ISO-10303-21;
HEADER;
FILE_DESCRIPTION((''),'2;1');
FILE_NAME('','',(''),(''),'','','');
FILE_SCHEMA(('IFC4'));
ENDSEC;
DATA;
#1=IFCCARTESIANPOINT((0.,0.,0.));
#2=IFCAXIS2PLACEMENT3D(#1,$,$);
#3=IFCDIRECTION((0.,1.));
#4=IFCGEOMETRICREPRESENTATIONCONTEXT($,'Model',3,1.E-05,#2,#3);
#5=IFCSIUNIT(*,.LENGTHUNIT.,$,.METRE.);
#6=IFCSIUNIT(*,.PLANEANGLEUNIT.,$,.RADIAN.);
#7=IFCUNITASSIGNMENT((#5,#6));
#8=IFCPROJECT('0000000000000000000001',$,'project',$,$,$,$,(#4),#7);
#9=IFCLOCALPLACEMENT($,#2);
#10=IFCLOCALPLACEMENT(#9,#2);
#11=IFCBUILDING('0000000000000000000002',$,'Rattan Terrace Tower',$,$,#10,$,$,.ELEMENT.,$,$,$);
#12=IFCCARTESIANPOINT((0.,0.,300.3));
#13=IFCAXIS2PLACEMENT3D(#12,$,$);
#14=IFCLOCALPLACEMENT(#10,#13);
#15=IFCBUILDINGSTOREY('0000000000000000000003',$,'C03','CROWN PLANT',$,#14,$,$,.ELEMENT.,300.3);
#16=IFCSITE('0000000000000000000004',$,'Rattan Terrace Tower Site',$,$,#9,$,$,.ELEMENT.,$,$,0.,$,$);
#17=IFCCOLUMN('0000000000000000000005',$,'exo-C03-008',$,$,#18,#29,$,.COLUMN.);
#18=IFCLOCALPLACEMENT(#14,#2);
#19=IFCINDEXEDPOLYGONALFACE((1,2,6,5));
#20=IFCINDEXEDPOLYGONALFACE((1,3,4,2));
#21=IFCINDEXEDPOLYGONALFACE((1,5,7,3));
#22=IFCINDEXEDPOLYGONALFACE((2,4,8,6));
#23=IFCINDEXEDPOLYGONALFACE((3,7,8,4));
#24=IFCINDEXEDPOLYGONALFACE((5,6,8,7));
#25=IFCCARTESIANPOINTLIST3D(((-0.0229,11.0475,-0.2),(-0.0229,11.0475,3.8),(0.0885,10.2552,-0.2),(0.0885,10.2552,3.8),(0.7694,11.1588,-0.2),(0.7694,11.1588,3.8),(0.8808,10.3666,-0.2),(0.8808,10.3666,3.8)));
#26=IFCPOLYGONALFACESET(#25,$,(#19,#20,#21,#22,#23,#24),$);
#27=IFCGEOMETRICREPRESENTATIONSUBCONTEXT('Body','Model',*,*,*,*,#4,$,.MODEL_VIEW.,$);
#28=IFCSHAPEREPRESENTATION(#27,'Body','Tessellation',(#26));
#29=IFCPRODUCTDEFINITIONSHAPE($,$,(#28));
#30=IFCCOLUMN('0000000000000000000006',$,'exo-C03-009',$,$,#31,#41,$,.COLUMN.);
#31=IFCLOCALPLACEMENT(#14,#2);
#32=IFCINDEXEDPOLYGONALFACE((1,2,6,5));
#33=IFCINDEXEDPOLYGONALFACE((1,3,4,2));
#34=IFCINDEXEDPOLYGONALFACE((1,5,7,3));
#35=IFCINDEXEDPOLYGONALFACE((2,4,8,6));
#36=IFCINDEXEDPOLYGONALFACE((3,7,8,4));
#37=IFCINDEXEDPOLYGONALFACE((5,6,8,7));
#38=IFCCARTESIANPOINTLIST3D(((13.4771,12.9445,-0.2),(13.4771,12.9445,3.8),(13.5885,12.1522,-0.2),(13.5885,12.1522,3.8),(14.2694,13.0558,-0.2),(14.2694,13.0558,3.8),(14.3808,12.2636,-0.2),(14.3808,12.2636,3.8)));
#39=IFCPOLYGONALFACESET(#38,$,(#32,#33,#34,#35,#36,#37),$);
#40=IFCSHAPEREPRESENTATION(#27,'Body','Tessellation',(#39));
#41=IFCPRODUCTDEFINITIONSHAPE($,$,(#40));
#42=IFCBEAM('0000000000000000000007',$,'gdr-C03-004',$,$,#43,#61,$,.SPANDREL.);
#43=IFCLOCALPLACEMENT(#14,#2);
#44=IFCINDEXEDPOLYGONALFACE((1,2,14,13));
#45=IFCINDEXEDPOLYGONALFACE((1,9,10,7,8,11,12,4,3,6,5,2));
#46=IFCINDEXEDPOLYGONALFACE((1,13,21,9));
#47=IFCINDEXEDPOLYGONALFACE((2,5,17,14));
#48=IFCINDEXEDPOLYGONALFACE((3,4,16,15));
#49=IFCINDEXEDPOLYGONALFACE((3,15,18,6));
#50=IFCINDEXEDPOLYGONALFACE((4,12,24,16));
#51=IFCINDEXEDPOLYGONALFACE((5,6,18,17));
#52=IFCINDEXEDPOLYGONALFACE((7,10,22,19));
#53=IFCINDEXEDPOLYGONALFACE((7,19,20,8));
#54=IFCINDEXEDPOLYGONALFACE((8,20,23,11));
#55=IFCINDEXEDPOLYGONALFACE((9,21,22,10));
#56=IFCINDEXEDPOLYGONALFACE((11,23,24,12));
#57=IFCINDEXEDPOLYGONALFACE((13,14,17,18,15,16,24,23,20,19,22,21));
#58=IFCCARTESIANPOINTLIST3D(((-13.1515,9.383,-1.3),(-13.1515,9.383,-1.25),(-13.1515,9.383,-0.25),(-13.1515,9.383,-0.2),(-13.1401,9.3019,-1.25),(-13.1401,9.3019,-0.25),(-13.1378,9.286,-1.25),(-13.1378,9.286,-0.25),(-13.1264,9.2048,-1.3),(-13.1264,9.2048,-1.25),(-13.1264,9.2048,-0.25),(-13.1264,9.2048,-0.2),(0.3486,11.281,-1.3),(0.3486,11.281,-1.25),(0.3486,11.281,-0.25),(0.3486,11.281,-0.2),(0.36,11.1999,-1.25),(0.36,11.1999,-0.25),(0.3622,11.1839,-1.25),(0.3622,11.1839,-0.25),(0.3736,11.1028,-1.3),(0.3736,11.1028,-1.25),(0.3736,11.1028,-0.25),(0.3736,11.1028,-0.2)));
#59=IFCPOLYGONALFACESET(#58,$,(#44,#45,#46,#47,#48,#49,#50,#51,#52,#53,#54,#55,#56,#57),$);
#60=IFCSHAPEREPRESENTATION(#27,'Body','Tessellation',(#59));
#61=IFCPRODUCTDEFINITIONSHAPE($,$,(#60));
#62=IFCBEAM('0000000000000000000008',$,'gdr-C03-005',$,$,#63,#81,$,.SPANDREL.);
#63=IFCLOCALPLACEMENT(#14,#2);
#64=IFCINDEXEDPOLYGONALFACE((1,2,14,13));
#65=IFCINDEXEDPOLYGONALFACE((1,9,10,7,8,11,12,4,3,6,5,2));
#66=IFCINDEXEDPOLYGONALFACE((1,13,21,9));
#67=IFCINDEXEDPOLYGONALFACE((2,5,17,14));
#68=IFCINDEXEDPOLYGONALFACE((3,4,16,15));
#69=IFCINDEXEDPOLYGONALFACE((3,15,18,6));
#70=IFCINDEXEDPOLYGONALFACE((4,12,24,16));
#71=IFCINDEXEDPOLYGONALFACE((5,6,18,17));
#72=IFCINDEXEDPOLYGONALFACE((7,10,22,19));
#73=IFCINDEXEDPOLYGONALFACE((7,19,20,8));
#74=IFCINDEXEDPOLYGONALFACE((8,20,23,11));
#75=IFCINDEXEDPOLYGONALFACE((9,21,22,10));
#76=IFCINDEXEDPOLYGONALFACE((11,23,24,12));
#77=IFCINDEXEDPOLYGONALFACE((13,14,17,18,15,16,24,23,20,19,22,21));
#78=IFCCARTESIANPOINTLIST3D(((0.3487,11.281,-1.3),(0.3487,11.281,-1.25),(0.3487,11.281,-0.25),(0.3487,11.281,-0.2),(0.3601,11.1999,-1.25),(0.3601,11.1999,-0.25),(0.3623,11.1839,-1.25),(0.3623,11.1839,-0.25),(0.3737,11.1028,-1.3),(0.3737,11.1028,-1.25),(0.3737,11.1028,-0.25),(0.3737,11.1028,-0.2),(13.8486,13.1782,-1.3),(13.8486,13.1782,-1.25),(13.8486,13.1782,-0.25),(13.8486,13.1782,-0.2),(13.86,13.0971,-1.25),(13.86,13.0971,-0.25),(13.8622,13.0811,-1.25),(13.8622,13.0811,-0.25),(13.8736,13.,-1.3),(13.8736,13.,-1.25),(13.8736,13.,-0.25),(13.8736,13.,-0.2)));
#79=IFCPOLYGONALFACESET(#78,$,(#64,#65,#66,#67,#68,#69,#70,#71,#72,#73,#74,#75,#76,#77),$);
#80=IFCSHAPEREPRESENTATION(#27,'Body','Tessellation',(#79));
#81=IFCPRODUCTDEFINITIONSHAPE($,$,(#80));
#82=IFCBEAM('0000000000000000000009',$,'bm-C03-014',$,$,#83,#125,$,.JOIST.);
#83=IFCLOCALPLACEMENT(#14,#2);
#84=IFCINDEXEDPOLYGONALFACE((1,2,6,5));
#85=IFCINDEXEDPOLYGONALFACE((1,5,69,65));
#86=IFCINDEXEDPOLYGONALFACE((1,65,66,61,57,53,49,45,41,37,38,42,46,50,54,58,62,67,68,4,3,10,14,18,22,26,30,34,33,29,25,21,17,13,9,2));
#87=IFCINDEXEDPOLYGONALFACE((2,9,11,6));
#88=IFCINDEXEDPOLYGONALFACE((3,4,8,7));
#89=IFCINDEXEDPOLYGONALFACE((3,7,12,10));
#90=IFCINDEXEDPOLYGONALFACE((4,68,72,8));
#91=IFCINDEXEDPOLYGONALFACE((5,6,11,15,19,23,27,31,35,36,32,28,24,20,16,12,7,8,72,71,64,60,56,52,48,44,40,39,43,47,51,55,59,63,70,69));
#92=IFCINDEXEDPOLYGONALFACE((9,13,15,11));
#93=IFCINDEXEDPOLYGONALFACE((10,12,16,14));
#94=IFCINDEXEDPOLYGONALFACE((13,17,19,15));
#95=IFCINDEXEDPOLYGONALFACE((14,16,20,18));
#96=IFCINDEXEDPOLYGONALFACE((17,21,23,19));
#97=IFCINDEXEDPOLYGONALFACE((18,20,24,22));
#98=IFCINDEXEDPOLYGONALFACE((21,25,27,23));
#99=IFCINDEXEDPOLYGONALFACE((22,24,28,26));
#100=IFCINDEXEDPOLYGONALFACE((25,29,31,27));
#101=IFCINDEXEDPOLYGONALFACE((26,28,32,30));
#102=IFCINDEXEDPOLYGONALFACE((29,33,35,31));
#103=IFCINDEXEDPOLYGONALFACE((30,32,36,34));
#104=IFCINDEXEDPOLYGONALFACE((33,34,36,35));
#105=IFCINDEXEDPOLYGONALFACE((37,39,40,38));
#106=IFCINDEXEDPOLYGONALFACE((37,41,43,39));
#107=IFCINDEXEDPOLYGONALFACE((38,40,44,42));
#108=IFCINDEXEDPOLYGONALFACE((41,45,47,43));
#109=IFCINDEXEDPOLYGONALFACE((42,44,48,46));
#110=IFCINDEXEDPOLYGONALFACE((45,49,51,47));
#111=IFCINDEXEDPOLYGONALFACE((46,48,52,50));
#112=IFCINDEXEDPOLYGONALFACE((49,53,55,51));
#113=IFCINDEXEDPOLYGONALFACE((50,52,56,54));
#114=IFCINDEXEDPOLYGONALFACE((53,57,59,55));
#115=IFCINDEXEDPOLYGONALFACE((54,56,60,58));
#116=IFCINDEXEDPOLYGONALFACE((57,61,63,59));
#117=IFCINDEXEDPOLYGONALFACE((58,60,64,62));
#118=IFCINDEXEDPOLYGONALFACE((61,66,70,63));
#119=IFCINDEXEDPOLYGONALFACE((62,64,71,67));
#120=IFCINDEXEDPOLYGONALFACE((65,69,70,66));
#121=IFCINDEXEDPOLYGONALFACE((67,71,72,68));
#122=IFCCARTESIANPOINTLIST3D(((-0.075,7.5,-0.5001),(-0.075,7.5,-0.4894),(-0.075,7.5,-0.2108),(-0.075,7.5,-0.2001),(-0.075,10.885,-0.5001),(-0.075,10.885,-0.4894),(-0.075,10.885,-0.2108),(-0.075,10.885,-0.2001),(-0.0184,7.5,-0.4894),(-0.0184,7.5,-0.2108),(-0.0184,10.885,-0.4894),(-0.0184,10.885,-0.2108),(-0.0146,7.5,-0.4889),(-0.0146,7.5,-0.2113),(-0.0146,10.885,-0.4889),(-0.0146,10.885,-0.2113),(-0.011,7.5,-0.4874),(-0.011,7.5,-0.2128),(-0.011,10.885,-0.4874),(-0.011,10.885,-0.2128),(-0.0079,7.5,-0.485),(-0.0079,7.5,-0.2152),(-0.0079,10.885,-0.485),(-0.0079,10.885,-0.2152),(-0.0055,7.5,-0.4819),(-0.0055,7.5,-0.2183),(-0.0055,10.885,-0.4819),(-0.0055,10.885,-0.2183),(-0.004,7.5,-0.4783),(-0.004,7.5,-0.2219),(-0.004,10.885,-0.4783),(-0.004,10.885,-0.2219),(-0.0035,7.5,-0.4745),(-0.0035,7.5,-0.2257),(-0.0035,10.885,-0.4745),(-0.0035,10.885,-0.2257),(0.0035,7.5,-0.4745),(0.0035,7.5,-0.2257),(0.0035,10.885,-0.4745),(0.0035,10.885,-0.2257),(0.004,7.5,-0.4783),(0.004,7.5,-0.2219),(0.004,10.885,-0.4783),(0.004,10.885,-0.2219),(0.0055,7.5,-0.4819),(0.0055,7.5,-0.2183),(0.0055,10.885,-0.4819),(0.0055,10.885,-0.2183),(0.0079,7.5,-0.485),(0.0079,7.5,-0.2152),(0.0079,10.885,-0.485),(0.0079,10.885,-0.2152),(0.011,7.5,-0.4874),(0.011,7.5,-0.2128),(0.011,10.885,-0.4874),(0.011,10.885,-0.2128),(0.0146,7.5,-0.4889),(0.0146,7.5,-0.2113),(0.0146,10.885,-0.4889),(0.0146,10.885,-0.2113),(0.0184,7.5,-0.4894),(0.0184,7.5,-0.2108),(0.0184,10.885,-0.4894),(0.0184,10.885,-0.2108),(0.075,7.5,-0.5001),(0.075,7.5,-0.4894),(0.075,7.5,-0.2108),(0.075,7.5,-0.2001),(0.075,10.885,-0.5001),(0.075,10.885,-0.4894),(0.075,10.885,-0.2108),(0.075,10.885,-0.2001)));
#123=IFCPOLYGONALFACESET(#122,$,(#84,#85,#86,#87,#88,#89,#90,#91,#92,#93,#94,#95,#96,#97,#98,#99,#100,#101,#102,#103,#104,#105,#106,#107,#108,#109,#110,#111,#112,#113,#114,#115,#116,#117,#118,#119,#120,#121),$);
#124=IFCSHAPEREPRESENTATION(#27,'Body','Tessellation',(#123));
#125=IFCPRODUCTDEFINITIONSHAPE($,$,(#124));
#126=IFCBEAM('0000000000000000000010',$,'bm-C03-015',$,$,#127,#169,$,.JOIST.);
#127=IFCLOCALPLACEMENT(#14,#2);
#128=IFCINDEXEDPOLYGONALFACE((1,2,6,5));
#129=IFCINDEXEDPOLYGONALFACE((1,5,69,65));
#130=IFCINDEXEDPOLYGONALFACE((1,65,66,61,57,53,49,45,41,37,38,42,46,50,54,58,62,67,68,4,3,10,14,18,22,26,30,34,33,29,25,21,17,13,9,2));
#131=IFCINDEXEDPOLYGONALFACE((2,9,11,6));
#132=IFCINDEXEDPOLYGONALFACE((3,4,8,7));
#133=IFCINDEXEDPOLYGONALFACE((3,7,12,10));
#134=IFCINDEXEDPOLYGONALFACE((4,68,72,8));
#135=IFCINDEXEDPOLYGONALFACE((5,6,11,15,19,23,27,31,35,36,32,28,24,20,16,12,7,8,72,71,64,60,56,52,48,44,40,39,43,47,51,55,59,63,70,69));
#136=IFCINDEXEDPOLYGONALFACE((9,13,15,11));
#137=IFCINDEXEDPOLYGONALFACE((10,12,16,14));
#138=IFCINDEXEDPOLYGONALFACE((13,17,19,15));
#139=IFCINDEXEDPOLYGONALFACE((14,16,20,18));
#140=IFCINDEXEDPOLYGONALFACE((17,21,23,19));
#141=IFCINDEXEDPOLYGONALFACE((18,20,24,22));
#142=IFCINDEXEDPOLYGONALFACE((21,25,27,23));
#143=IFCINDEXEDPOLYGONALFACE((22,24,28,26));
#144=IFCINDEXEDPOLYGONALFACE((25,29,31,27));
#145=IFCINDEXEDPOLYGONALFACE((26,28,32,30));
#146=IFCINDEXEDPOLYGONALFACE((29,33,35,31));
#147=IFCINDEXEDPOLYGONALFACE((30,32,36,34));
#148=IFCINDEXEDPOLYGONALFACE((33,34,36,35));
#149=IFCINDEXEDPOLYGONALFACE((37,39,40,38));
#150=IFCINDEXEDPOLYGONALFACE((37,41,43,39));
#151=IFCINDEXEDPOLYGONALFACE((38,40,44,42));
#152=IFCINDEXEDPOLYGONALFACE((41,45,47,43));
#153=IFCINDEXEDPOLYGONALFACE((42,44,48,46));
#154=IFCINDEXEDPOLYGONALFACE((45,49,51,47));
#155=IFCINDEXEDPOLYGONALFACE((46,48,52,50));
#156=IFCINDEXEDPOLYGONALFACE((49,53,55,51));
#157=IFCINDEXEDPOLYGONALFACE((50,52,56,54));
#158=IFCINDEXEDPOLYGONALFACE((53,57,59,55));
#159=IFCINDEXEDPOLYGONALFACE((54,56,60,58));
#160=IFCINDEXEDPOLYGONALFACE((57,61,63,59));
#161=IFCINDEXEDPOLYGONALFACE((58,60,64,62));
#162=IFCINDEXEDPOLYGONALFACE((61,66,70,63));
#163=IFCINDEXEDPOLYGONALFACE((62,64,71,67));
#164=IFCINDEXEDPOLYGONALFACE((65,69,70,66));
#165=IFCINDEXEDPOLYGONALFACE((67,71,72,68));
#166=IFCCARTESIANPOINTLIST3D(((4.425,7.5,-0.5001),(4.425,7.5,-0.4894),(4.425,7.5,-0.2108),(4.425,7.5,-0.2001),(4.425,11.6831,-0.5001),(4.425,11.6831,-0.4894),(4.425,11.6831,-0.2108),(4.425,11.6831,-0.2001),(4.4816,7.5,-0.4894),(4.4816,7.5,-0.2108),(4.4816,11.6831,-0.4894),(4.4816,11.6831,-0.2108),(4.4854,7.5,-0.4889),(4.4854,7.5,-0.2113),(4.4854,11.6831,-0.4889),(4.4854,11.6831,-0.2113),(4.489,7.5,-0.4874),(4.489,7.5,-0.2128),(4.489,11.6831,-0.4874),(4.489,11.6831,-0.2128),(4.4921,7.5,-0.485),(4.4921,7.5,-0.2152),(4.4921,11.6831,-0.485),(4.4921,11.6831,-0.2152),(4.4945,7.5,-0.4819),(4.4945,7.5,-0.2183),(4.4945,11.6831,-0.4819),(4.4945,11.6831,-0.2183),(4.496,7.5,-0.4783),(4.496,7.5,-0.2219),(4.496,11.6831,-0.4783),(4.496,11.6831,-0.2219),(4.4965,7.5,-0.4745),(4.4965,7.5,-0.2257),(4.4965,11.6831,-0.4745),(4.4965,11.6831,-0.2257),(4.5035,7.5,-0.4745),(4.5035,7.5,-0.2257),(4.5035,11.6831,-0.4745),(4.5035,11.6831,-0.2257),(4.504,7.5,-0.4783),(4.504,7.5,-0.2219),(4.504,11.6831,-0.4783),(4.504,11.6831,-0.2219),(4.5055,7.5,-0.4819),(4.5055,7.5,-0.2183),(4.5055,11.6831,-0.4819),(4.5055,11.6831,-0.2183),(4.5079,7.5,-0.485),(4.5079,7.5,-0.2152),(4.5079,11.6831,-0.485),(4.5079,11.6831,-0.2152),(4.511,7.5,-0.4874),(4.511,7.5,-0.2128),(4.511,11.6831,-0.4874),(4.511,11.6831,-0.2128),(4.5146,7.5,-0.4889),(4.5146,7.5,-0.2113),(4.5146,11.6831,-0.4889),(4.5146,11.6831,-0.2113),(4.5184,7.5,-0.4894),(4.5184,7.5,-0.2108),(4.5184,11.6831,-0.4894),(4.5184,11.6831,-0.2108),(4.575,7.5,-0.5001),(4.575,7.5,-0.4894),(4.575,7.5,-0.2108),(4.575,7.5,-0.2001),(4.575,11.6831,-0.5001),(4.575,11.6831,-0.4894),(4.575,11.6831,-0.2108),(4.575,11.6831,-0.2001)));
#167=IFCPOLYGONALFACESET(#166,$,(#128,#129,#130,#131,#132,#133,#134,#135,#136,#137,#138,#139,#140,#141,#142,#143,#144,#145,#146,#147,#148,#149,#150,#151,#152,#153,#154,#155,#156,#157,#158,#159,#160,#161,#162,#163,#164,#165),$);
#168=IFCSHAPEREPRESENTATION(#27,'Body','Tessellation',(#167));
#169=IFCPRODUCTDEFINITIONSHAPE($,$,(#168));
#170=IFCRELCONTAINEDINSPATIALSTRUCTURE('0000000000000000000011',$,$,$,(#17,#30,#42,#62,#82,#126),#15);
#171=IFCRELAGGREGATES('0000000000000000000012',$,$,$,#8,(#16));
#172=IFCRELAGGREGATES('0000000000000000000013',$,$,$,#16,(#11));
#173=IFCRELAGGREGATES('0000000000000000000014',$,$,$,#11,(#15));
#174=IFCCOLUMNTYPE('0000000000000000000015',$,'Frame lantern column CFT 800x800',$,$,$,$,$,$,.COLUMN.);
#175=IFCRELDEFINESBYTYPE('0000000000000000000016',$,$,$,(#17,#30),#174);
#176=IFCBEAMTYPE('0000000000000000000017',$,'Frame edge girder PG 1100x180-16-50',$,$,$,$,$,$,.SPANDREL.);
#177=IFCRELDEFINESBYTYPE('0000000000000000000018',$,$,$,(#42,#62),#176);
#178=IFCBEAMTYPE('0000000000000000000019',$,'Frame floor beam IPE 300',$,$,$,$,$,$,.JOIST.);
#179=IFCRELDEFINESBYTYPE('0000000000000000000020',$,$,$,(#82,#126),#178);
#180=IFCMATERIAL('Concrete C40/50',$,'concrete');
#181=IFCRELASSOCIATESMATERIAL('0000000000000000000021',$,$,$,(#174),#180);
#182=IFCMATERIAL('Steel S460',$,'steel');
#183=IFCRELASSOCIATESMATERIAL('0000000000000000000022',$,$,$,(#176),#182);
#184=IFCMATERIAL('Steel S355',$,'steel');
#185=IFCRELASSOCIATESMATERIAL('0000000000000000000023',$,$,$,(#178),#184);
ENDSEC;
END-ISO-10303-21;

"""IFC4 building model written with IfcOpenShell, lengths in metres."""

from ifc_helpers import new_model, si_unit, direction, frame, origin, origin_2d, place, context, subcontext, project, spatial, rectangle, i_section, extrude, material, material_profile, profile_set, type_object, element, save


model = new_model("IFC4")

# Units and contexts
model_context = context("Model", 3, precision=1e-05, world=origin(), true_north=direction((0.0, 1.0)))
body_context = subcontext(model_context, "Body", "Model", "MODEL_VIEW")
ifc_project = project(units=[si_unit("LENGTHUNIT", "METRE"), si_unit("PLANEANGLEUNIT", "RADIAN")], contexts=[model_context])

# Site, building, storey
site_placement = place(None, origin())
site = spatial("IfcSite", under=ifc_project, at=site_placement, Name="Rattan Terrace Tower Site", CompositionType="ELEMENT", RefElevation=0.0)
building_placement = place(site_placement, origin())
building = spatial("IfcBuilding", under=site, at=building_placement, Name="Rattan Terrace Tower", CompositionType="ELEMENT")
storey_placement = place(building_placement, frame((0.0, 0.0, 300.3)))
storey = spatial("IfcBuildingStorey", under=building, at=storey_placement, Name="C03", Description="CROWN PLANT", CompositionType="ELEMENT", Elevation=300.3)

# Columns
ifc_material_1 = material(Name="Concrete C40/50", Category="concrete")
ifc_material_profile_1 = material_profile(ifc_material_1, rectangle(XDim=0.8, YDim=0.8, at=origin_2d()), Name="CFT 800x800")
ifc_profile_set_1 = profile_set([ifc_material_profile_1], Name="Concrete C40/50")
column_type = type_object("IfcColumnType", Name="Frame lantern column CFT 800x800", PredefinedType="COLUMN", material=ifc_profile_set_1)
for number, where, z_axis, x_axis, name in (
    (1, (0.429, 10.707, -0.2), (0.0, 0.0, 1.0), (0.990266, 0.13919, 0.0), "exo-C03-008"),
    (2, (13.929, 12.604, -0.2), (0.0, 0.0, 1.0), (0.990266, 0.13919, 0.0), "exo-C03-009"),
):
    element("IfcColumn", number, at=place(storey_placement, frame(where, z_axis=z_axis, x_axis=x_axis)), inside=storey, type_object=column_type, Name=name, PredefinedType="COLUMN", context=body_context, shape_type="SweptSolid", body=[
        extrude(rectangle(XDim=0.8, YDim=0.8, at=origin_2d()), origin(), (0.0, 0.0, 1.0), 4.0),
    ])

# Beams
ifc_material_2 = material(Name="Steel S460", Category="steel")
ifc_material_profile_2 = material_profile(ifc_material_2, i_section(OverallWidth=0.1799, OverallDepth=1.1001, WebThickness=0.0161, FlangeThickness=0.05, at=origin_2d()), Name="PG 1100x180-16-50")
ifc_profile_set_2 = profile_set([ifc_material_profile_2], Name="Steel S460")
beam_type_1 = type_object("IfcBeamType", Name="Frame edge girder PG 1100x180-16-50", PredefinedType="SPANDREL", material=ifc_profile_set_2)
beam_1_placement = place(storey_placement, frame((0.3611, 11.1919, -0.75), z_axis=(-0.990262, -0.13922, 0.0), x_axis=(0.13922, -0.990262, 0.0)))
element("IfcBeam", 3, at=beam_1_placement, inside=storey, type_object=beam_type_1, Name="gdr-C03-004", PredefinedType="SPANDREL", context=body_context, shape_type="SweptSolid", body=[
    extrude(i_section(OverallWidth=0.1799, OverallDepth=1.1001, WebThickness=0.0161, FlangeThickness=0.05, at=origin_2d()), origin(), (0.0, 0.0, 1.0), 13.6328),
])
beam_2_placement = place(storey_placement, frame((13.8611, 13.0891, -0.75), z_axis=(-0.990269, -0.139167, 0.0), x_axis=(0.139167, -0.990269, 0.0)))
element("IfcBeam", 4, at=beam_2_placement, inside=storey, type_object=beam_type_1, Name="gdr-C03-005", PredefinedType="SPANDREL", context=body_context, shape_type="SweptSolid", body=[
    extrude(i_section(OverallWidth=0.1799, OverallDepth=1.1001, WebThickness=0.0161, FlangeThickness=0.05, at=origin_2d()), origin(), (0.0, 0.0, 1.0), 13.6326),
])
ifc_material_3 = material(Name="Steel S355", Category="steel")
ifc_material_profile_3 = material_profile(ifc_material_3, i_section(OverallWidth=0.1499, OverallDepth=0.3, WebThickness=0.0071, FlangeThickness=0.0107, FilletRadius=0.0149, at=origin_2d()), Name="IPE 300")
ifc_profile_set_3 = profile_set([ifc_material_profile_3], Name="Steel S355")
beam_type_2 = type_object("IfcBeamType", Name="Frame floor beam IPE 300", PredefinedType="JOIST", material=ifc_profile_set_3)
beam_3_placement = place(storey_placement, frame((0.0, 7.5, -0.3501), z_axis=(0.0, 1.0, 0.0), x_axis=(-1.0, 0.0, 0.0)))
element("IfcBeam", 5, at=beam_3_placement, inside=storey, type_object=beam_type_2, Name="bm-C03-014", PredefinedType="JOIST", context=body_context, shape_type="SweptSolid", body=[
    extrude(i_section(OverallWidth=0.1499, OverallDepth=0.3, WebThickness=0.0071, FlangeThickness=0.0107, FilletRadius=0.0149, at=origin_2d()), origin(), (0.0, 0.0, 1.0), 3.385),
])
beam_4_placement = place(storey_placement, frame((4.5, 7.5, -0.3501), z_axis=(0.0, 1.0, 0.0), x_axis=(-1.0, 0.0, 0.0)))
element("IfcBeam", 6, at=beam_4_placement, inside=storey, type_object=beam_type_2, Name="bm-C03-015", PredefinedType="JOIST", context=body_context, shape_type="SweptSolid", body=[
    extrude(i_section(OverallWidth=0.1499, OverallDepth=0.3, WebThickness=0.0071, FlangeThickness=0.0107, FilletRadius=0.0149, at=origin_2d()), origin(), (0.0, 0.0, 1.0), 4.1831),
])

save(model, "model.ifc")
